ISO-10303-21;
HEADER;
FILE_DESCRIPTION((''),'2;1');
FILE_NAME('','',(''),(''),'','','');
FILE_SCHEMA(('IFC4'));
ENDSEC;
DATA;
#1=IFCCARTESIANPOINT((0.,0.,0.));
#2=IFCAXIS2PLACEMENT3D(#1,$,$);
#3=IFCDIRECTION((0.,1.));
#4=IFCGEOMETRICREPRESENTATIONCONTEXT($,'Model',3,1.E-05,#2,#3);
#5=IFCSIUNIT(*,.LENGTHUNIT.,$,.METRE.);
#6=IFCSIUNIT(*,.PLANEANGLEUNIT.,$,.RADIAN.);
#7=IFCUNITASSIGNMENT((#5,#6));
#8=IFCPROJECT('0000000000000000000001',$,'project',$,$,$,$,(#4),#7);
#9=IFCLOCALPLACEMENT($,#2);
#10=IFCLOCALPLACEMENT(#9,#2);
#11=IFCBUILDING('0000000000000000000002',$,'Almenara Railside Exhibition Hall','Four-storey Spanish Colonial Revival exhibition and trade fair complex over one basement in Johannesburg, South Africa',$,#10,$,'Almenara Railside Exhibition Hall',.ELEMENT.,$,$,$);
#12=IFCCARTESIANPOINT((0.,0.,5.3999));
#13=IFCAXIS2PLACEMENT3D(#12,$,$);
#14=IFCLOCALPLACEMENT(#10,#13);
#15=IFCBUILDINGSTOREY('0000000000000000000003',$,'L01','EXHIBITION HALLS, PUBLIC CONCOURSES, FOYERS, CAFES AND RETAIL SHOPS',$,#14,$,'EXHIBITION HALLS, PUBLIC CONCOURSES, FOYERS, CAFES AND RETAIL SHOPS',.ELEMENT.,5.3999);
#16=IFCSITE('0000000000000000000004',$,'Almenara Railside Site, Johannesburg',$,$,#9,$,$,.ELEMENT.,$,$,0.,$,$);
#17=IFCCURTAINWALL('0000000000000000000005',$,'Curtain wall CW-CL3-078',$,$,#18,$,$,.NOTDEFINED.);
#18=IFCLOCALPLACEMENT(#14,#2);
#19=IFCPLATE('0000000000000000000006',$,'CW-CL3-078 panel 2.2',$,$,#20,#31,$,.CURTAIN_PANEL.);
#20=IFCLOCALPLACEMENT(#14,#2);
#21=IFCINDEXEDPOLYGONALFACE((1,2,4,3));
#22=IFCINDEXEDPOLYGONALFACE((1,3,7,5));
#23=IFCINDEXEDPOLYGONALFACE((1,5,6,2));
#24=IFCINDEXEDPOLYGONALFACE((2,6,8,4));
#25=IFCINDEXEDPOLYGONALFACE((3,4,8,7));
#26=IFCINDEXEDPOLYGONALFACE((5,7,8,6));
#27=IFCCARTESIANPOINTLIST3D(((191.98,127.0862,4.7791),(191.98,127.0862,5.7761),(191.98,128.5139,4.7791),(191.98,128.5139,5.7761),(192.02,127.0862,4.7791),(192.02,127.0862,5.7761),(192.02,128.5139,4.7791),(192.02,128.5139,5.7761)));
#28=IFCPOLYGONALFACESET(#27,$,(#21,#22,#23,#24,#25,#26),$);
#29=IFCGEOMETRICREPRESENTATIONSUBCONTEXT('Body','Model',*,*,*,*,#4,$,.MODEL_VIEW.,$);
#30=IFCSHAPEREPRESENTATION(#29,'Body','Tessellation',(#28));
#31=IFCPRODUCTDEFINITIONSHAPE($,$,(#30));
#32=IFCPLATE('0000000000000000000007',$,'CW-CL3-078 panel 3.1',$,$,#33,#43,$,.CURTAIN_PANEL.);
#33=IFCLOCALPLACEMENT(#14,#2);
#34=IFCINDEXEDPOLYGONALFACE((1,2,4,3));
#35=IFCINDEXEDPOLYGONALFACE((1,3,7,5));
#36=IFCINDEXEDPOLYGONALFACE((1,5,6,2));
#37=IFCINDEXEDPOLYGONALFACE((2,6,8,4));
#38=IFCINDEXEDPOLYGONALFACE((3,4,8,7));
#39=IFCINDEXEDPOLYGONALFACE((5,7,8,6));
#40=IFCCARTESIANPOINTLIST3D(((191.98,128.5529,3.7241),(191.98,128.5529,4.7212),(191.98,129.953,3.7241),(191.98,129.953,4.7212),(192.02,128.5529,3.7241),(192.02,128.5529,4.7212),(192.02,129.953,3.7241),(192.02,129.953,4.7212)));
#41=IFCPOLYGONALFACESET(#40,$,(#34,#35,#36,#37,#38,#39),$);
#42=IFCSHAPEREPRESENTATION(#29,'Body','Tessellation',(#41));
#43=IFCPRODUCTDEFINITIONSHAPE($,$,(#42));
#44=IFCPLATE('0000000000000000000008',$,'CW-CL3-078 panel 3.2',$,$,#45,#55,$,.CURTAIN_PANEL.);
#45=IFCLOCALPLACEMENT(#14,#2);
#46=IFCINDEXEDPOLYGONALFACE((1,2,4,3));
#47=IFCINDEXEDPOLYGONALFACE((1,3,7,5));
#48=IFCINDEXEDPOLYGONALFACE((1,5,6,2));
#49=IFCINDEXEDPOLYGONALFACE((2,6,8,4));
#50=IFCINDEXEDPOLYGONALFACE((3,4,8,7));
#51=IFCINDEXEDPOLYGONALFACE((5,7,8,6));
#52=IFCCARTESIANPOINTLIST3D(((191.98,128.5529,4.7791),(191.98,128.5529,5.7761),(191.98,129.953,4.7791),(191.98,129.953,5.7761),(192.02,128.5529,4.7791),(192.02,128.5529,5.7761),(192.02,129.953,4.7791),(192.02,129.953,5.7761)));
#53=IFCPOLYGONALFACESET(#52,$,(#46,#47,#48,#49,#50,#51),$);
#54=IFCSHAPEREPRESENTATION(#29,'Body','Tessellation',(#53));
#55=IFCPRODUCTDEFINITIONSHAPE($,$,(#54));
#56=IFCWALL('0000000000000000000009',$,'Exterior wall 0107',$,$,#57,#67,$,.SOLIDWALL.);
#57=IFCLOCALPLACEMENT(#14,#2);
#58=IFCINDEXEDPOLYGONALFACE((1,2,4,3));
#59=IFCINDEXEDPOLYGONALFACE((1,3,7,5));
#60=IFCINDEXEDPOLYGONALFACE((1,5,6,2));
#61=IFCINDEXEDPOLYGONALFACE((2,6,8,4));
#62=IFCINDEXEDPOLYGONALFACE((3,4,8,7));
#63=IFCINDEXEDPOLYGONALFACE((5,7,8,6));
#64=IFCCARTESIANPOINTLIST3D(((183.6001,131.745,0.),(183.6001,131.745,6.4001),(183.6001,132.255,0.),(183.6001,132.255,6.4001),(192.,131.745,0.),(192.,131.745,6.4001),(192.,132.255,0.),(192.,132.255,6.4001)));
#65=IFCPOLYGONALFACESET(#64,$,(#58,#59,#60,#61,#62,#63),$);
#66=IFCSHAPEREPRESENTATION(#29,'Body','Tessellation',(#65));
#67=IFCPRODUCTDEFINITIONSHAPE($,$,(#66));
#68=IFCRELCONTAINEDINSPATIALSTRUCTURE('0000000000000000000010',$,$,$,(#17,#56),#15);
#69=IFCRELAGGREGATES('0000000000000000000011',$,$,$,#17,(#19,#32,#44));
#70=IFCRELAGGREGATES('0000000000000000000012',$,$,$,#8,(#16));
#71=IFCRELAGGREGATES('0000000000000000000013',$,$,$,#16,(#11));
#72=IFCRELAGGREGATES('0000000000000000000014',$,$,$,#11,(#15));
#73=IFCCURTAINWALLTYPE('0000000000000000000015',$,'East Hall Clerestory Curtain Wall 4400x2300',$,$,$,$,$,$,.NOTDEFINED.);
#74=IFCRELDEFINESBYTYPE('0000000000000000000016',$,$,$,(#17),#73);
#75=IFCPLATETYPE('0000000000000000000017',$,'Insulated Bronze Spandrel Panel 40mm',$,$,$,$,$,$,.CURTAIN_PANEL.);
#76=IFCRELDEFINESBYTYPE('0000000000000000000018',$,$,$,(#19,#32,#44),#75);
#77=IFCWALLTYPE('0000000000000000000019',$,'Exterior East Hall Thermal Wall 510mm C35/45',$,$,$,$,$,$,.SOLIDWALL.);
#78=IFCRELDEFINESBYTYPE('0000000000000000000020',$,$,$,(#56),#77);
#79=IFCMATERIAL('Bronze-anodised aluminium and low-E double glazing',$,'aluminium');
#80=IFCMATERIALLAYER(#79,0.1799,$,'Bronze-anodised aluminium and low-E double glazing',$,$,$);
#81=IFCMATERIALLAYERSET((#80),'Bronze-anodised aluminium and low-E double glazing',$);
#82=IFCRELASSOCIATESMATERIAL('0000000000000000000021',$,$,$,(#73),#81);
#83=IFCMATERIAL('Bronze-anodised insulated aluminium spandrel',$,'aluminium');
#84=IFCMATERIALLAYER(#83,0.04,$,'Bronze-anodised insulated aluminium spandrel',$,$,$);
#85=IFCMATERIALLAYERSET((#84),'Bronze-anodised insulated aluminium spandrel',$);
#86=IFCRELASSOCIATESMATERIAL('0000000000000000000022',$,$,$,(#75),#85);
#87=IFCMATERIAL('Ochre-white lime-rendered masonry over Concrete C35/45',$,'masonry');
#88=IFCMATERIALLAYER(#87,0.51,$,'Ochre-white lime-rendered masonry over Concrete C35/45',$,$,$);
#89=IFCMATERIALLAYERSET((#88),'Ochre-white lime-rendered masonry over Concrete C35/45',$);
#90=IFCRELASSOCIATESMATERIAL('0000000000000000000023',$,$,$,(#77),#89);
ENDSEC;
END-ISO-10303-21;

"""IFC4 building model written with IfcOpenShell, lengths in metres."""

from ifc_helpers import new_model, si_unit, direction, frame, frame_2d, origin, origin_2d, place, context, subcontext, project, spatial, rectangle, extrude, material, layer, layer_set, type_object, element, aggregate, save


model = new_model("IFC4")

# Units and contexts
model_context = context("Model", 3, precision=1e-05, world=origin(), true_north=direction((0.0, 1.0)))
body_context = subcontext(model_context, "Body", "Model", "MODEL_VIEW")
ifc_project = project(units=[si_unit("LENGTHUNIT", "METRE"), si_unit("PLANEANGLEUNIT", "RADIAN")], contexts=[model_context])

# Site, building, storey
site_placement = place(None, origin())
site = spatial("IfcSite", under=ifc_project, at=site_placement, Name="Almenara Railside Site, Johannesburg", CompositionType="ELEMENT", RefElevation=0.0)
building_placement = place(site_placement, origin())
building = spatial("IfcBuilding", under=site, at=building_placement, Name="Almenara Railside Exhibition Hall", Description="Four-storey Spanish Colonial Revival exhibition and trade fair complex over one basement in Johannesburg, South Africa", LongName="Almenara Railside Exhibition Hall", CompositionType="ELEMENT")
storey_placement = place(building_placement, frame((0.0, 0.0, 5.3999)))
storey = spatial("IfcBuildingStorey", under=building, at=storey_placement, Name="L01", Description="EXHIBITION HALLS, PUBLIC CONCOURSES, FOYERS, CAFES AND RETAIL SHOPS", LongName="EXHIBITION HALLS, PUBLIC CONCOURSES, FOYERS, CAFES AND RETAIL SHOPS", CompositionType="ELEMENT", Elevation=5.3999)

# Curtain wall
ifc_material_1 = material(Name="Bronze-anodised aluminium and low-E double glazing", Category="aluminium")
ifc_layer_1 = layer(ifc_material_1, 0.1799, Name="Bronze-anodised aluminium and low-E double glazing")
ifc_layer_set_1 = layer_set([ifc_layer_1], Name="Bronze-anodised aluminium and low-E double glazing")
curtain_wall_type = type_object("IfcCurtainWallType", Name="East Hall Clerestory Curtain Wall 4400x2300", PredefinedType="NOTDEFINED", material=ifc_layer_set_1)
curtain_wall_1_placement = place(storey_placement, origin())
curtain_wall_1 = element("IfcCurtainWall", 1, at=curtain_wall_1_placement, inside=storey, type_object=curtain_wall_type, Name="Curtain wall CW-CL3-078", PredefinedType="NOTDEFINED")

# Plates
ifc_material_2 = material(Name="Bronze-anodised insulated aluminium spandrel", Category="aluminium")
ifc_layer_2 = layer(ifc_material_2, 0.04, Name="Bronze-anodised insulated aluminium spandrel")
ifc_layer_set_2 = layer_set([ifc_layer_2], Name="Bronze-anodised insulated aluminium spandrel")
plate_type_1 = type_object("IfcPlateType", Name="Insulated Bronze Spandrel Panel 40mm", PredefinedType="CURTAIN_PANEL", material=ifc_layer_set_2)
plate_1_placement = place(storey_placement, frame((192.0, 127.8, 4.7791), z_axis=(0.0, 0.0, 1.0), x_axis=(0.0, 1.0, 0.0)))
plate_1 = element("IfcPlate", 2, at=plate_1_placement, type_object=plate_type_1, Name="CW-CL3-078 panel 2.2", PredefinedType="CURTAIN_PANEL", context=body_context, shape_type="SweptSolid", body=[
    extrude(rectangle(XDim=1.4277, YDim=0.04, at=origin_2d()), origin(), (0.0, 0.0, 1.0), 0.9971),
])
plate_2_placement = place(storey_placement, frame((192.0, 129.2529, 3.7241), z_axis=(0.0, 0.0, 1.0), x_axis=(0.0, 1.0, 0.0)))
plate_2 = element("IfcPlate", 3, at=plate_2_placement, type_object=plate_type_1, Name="CW-CL3-078 panel 3.1", PredefinedType="CURTAIN_PANEL", context=body_context, shape_type="SweptSolid", body=[
    extrude(rectangle(XDim=1.4001, YDim=0.04, at=origin_2d()), origin(), (0.0, 0.0, 1.0), 0.9971),
])
plate_3_placement = place(storey_placement, frame((192.0, 129.2529, 4.7791), z_axis=(0.0, 0.0, 1.0), x_axis=(0.0, 1.0, 0.0)))
plate_3 = element("IfcPlate", 4, at=plate_3_placement, type_object=plate_type_1, Name="CW-CL3-078 panel 3.2", PredefinedType="CURTAIN_PANEL", context=body_context, shape_type="SweptSolid", body=[
    extrude(rectangle(XDim=1.4001, YDim=0.04, at=origin_2d()), origin(), (0.0, 0.0, 1.0), 0.9971),
])
aggregate(curtain_wall_1, [plate_1, plate_2, plate_3])

# Wall
ifc_material_3 = material(Name="Ochre-white lime-rendered masonry over Concrete C35/45", Category="masonry")
ifc_layer_3 = layer(ifc_material_3, 0.51, Name="Ochre-white lime-rendered masonry over Concrete C35/45")
ifc_layer_set_3 = layer_set([ifc_layer_3], Name="Ochre-white lime-rendered masonry over Concrete C35/45")
wall_type = type_object("IfcWallType", Name="Exterior East Hall Thermal Wall 510mm C35/45", PredefinedType="SOLIDWALL", material=ifc_layer_set_3)
wall_placement = place(storey_placement, frame((192.0, 132.0, 0.0), z_axis=(0.0, 0.0, 1.0), x_axis=(-1.0, 0.0, 0.0)))
element("IfcWall", 5, at=wall_placement, inside=storey, type_object=wall_type, Name="Exterior wall 0107", PredefinedType="SOLIDWALL", context=body_context, shape_type="SweptSolid", body=[
    extrude(rectangle(XDim=8.3999, YDim=0.51, at=frame_2d((4.2, 0.0))), origin(), (0.0, 0.0, 1.0), 6.4001),
])

save(model, "model.ifc")
